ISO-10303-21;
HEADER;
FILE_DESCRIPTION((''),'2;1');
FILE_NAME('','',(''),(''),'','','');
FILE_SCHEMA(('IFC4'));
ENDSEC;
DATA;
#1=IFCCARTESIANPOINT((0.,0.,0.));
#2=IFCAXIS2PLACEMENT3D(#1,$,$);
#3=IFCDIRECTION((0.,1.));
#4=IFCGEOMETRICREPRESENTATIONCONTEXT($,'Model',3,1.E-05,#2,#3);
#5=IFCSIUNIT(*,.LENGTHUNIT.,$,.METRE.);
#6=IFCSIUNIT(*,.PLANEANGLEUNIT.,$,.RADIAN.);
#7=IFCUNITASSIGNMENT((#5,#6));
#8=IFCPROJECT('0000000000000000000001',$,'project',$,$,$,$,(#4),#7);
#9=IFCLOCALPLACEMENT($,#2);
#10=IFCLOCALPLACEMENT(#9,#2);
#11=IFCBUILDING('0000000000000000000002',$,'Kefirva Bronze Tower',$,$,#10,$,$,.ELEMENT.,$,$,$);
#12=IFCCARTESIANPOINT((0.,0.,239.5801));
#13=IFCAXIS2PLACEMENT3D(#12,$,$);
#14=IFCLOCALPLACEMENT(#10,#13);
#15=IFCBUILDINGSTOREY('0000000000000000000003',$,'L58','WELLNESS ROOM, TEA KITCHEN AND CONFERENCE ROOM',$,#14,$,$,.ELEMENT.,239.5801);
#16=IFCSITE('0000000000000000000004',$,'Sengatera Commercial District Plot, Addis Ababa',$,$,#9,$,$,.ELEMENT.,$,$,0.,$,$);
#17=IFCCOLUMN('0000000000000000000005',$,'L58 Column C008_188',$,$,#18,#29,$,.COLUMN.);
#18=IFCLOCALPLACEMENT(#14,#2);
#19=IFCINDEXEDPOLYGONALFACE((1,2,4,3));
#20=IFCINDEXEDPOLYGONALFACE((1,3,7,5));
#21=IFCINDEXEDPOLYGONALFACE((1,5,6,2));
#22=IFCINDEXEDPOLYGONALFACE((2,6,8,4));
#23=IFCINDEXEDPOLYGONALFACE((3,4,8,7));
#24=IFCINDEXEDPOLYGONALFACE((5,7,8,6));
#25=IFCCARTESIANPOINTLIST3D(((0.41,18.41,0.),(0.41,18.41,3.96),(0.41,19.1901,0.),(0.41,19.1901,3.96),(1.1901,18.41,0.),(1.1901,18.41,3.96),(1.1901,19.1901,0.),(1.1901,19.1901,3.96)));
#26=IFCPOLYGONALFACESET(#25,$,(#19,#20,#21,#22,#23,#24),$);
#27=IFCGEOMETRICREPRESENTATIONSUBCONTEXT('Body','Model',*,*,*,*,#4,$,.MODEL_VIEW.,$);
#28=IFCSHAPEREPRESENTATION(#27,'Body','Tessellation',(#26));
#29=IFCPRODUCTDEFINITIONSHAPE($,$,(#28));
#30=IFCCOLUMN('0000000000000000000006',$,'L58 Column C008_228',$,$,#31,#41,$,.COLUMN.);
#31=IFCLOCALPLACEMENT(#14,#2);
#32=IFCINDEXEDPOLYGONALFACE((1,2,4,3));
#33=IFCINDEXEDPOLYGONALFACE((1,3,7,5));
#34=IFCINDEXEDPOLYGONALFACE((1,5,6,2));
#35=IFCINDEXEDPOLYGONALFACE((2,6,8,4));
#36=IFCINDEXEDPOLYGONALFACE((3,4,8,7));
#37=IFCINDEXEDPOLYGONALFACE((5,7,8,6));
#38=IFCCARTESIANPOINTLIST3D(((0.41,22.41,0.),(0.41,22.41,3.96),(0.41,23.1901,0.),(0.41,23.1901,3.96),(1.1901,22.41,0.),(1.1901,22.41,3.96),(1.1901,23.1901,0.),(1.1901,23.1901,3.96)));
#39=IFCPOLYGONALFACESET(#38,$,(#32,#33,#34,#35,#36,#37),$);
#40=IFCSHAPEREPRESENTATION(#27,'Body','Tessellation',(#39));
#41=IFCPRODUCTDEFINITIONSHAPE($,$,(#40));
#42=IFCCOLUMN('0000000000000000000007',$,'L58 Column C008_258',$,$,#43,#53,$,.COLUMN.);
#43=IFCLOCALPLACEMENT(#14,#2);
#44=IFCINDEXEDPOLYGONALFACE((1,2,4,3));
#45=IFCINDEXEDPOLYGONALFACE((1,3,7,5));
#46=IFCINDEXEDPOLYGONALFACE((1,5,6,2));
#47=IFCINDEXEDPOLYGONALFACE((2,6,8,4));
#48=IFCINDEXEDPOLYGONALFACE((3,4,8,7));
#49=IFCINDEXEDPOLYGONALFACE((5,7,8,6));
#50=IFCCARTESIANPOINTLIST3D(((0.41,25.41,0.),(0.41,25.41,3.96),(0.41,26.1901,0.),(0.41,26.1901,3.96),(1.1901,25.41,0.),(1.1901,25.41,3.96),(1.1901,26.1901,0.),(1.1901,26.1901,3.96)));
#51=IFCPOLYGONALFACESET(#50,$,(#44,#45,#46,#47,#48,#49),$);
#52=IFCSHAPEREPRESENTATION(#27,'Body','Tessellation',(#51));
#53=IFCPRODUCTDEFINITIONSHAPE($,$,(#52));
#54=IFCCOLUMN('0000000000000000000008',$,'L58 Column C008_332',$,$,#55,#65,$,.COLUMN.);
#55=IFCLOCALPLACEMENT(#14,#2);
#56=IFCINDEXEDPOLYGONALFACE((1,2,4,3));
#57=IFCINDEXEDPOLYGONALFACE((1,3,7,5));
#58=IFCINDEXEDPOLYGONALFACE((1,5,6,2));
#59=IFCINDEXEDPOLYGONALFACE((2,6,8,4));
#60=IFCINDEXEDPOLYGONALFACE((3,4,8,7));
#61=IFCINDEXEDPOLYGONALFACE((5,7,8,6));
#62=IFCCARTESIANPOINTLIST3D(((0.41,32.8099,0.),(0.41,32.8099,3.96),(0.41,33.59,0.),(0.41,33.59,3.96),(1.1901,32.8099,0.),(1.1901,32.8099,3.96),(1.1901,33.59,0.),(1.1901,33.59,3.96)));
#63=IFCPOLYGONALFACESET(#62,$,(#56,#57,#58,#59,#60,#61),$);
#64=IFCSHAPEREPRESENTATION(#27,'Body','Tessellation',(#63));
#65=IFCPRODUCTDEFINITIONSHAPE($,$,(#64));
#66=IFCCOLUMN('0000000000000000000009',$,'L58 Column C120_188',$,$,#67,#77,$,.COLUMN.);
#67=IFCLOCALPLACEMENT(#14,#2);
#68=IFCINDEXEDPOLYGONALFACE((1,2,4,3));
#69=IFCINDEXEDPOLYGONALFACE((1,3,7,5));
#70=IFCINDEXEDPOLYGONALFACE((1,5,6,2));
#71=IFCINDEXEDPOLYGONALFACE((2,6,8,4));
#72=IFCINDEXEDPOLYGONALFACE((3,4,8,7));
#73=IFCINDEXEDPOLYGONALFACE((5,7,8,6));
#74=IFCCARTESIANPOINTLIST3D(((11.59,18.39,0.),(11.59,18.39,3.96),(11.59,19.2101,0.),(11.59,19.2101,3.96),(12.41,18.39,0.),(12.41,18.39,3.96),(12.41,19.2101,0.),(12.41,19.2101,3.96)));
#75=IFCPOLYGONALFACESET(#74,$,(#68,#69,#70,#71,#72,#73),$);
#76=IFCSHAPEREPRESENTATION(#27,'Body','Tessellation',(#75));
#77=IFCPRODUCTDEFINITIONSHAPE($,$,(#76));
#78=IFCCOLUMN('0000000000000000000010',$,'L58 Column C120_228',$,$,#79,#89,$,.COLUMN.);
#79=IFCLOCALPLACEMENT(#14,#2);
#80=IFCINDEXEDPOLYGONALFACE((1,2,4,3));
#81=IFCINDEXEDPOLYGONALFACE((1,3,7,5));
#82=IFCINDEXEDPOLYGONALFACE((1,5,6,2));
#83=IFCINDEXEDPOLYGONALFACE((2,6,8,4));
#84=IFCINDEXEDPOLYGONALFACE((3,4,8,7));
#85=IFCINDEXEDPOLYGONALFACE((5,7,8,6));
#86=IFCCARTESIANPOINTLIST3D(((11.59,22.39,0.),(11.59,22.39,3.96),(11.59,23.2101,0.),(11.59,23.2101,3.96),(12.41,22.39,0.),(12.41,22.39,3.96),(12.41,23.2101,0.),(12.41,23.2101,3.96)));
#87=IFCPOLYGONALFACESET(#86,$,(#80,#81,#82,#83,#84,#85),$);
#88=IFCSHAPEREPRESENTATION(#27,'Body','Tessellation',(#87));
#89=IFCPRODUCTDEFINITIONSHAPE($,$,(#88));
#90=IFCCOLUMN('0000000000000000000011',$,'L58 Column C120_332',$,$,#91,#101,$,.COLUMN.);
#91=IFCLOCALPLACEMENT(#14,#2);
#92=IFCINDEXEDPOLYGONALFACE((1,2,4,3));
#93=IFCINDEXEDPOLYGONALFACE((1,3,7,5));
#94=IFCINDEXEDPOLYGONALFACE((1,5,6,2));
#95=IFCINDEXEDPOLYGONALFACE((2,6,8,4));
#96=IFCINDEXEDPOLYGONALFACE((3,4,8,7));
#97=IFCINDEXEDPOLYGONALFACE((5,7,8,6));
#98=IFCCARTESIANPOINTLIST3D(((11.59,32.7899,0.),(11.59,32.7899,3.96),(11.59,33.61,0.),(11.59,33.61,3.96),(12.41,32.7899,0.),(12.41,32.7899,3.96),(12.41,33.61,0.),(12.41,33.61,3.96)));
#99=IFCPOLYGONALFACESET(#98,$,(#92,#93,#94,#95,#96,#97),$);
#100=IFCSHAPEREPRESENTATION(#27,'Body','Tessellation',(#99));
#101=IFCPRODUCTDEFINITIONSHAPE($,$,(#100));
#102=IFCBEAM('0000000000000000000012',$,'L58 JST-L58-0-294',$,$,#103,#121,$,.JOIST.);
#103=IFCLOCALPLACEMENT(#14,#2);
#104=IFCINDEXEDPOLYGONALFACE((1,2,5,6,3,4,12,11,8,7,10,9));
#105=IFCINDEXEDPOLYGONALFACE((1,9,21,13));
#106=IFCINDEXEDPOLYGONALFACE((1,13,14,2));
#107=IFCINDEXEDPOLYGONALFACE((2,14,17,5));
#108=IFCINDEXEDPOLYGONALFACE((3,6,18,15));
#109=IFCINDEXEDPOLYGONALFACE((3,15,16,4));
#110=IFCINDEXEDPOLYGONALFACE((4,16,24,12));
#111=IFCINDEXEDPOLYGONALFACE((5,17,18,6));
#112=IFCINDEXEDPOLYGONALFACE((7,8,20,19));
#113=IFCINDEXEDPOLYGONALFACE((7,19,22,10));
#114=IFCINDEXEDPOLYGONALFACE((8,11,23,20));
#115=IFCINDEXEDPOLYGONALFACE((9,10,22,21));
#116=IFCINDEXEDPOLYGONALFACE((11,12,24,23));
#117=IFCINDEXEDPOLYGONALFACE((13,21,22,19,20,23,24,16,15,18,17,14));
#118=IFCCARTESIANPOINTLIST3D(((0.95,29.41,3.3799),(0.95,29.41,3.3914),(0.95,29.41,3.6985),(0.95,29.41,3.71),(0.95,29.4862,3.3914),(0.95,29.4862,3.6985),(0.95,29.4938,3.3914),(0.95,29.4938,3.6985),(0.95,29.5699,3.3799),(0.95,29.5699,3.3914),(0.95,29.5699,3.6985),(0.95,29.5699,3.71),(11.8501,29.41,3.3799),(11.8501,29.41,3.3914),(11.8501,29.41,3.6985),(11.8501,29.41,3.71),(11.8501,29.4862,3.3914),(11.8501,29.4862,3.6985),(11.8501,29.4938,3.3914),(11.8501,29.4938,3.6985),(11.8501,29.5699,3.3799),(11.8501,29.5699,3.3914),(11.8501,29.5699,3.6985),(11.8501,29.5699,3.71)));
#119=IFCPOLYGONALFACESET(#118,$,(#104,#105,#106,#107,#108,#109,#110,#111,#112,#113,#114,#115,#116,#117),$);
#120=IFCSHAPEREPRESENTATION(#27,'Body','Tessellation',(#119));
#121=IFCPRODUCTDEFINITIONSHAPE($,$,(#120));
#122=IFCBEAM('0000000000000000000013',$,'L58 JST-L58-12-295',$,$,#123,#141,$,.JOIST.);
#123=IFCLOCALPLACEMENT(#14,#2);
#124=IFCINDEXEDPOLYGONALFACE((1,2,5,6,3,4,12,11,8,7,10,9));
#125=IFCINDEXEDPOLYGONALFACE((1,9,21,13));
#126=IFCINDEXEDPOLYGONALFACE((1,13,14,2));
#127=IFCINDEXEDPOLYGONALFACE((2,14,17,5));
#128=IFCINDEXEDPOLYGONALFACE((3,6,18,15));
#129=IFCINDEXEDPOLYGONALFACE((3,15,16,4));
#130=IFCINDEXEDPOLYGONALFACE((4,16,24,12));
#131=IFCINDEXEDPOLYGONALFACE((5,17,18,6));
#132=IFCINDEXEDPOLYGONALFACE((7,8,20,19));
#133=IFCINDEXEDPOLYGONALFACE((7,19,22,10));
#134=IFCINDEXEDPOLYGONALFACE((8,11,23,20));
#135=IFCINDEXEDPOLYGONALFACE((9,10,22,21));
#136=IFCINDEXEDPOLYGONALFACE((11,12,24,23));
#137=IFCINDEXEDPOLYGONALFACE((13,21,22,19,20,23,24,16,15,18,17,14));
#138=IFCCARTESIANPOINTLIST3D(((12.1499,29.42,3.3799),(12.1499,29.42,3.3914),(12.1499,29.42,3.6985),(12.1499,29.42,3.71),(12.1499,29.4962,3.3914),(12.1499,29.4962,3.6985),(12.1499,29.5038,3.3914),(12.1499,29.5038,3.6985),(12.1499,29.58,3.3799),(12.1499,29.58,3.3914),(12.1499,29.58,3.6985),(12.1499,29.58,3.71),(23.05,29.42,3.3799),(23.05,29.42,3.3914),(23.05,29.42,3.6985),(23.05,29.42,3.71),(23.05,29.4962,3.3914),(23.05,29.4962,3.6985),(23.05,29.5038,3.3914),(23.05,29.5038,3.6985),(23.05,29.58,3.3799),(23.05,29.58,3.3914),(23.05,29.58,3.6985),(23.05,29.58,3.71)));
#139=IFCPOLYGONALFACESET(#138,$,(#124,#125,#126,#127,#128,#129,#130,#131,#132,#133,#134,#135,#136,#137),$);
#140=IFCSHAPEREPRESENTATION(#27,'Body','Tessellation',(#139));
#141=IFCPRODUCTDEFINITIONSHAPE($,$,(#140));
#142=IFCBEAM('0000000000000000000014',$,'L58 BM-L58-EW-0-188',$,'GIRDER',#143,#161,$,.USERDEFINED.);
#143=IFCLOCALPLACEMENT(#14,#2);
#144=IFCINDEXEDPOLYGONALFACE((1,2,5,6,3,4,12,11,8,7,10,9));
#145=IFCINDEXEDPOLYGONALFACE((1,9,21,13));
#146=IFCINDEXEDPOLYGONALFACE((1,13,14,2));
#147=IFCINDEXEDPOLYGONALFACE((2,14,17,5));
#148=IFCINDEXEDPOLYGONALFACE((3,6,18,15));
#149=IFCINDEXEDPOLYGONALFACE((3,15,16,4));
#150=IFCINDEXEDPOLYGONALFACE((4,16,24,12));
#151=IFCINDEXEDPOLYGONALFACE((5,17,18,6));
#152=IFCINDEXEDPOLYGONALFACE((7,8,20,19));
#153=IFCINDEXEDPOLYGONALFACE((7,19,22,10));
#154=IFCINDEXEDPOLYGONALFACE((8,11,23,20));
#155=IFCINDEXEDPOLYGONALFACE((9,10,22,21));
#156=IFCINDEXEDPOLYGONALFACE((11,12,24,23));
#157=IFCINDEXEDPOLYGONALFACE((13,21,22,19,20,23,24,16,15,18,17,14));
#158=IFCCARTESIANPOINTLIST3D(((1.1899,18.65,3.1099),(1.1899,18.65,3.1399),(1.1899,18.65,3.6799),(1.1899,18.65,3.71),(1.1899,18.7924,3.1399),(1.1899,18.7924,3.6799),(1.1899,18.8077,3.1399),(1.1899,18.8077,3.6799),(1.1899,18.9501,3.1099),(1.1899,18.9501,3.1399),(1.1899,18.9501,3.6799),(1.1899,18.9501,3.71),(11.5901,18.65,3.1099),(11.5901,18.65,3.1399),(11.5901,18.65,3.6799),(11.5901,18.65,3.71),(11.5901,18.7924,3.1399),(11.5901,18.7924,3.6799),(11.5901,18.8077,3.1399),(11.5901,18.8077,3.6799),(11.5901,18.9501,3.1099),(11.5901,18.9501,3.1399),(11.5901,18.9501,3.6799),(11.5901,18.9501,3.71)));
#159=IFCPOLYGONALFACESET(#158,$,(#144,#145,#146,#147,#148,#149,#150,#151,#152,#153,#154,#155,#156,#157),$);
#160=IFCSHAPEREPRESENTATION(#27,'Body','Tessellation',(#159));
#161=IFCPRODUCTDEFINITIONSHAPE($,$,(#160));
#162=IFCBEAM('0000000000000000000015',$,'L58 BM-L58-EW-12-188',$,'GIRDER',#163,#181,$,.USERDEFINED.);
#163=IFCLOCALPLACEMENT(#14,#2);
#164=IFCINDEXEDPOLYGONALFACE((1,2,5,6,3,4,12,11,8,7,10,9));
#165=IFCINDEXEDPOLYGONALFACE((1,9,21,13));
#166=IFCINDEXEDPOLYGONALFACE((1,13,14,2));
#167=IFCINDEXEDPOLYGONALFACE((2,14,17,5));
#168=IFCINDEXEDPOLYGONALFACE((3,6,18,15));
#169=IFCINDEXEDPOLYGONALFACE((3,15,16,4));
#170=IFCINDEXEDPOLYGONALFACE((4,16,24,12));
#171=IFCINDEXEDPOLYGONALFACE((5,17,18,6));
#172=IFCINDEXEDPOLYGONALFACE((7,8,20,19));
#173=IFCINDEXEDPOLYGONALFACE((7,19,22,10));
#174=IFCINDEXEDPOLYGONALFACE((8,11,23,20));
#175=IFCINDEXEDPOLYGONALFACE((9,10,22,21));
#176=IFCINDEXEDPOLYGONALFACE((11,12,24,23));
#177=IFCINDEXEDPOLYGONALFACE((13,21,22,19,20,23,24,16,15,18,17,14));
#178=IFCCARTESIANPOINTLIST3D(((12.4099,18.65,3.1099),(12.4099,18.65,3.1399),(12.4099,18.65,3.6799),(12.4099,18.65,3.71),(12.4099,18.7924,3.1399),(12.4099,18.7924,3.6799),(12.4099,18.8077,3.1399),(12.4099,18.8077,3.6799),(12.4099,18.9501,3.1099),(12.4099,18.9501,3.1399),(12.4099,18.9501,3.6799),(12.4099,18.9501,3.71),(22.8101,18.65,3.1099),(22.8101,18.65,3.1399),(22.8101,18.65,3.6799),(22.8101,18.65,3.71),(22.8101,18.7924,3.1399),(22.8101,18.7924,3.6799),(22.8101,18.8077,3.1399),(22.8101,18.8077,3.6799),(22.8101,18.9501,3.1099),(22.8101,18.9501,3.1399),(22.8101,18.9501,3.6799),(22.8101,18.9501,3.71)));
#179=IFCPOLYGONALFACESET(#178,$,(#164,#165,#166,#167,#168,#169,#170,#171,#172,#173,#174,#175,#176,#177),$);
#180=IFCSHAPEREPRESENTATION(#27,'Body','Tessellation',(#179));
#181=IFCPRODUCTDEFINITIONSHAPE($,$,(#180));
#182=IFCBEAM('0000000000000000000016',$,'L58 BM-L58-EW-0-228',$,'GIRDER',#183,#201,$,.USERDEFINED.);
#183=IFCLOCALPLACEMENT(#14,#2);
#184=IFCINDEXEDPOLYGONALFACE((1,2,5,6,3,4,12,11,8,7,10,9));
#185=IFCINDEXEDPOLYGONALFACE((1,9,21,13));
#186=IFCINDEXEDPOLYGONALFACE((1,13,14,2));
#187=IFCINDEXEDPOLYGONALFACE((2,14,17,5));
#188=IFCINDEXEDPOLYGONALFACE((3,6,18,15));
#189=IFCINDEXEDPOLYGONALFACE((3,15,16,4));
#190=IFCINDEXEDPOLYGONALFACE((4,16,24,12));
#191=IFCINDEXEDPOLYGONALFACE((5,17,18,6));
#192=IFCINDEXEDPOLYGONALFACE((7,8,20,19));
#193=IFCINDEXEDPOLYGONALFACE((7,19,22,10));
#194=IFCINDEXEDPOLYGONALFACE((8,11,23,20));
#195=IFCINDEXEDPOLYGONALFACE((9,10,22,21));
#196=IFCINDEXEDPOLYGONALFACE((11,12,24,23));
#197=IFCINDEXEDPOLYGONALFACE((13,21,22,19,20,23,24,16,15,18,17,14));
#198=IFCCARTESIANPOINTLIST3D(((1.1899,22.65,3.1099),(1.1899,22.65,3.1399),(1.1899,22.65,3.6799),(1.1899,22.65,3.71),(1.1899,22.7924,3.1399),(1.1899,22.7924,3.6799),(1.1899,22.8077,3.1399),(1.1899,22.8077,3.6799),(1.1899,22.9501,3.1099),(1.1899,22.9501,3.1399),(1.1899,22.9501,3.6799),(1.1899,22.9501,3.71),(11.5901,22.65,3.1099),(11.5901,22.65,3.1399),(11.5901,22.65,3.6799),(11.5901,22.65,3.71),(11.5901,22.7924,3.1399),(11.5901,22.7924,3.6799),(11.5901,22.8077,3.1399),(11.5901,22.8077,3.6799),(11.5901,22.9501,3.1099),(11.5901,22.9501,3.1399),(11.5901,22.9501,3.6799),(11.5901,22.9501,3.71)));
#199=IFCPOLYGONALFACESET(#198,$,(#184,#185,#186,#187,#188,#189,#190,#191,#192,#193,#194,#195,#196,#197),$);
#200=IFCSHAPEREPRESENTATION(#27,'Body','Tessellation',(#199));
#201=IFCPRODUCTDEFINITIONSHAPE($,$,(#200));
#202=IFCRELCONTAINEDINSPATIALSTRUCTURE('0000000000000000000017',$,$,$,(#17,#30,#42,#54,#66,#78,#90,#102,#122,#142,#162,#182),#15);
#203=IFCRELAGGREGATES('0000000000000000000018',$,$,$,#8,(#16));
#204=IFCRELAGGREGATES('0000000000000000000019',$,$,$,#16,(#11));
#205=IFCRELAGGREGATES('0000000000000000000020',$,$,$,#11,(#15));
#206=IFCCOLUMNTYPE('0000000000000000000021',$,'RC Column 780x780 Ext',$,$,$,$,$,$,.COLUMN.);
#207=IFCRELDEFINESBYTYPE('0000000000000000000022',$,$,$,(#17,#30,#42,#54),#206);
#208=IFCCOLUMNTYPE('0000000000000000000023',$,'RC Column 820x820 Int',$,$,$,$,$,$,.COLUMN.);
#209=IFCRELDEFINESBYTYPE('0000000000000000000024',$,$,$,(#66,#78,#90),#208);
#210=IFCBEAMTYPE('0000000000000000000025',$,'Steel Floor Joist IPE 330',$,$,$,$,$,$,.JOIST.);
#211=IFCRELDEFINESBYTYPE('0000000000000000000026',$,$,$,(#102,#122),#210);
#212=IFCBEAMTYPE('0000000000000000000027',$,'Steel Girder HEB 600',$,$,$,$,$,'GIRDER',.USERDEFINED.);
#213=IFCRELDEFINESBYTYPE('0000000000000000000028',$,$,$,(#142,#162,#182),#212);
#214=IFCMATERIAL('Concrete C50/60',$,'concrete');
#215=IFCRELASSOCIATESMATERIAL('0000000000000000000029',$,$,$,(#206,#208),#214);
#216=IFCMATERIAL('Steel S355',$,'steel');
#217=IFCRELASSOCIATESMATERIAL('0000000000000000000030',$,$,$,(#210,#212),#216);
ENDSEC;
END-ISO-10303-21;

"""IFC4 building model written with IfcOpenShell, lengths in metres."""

from ifc_helpers import new_model, si_unit, direction, frame, origin, origin_2d, place, context, subcontext, project, spatial, rectangle, i_section, extrude, material, material_profile, profile_set, type_object, element, save


model = new_model("IFC4")

# Units and contexts
model_context = context("Model", 3, precision=1e-05, world=origin(), true_north=direction((0.0, 1.0)))
body_context = subcontext(model_context, "Body", "Model", "MODEL_VIEW")
ifc_project = project(units=[si_unit("LENGTHUNIT", "METRE"), si_unit("PLANEANGLEUNIT", "RADIAN")], contexts=[model_context])

# Site, building, storey
site_placement = place(None, origin())
site = spatial("IfcSite", under=ifc_project, at=site_placement, Name="Sengatera Commercial District Plot, Addis Ababa", CompositionType="ELEMENT", RefElevation=0.0)
building_placement = place(site_placement, origin())
building = spatial("IfcBuilding", under=site, at=building_placement, Name="Kefirva Bronze Tower", CompositionType="ELEMENT")
storey_placement = place(building_placement, frame((0.0, 0.0, 239.5801)))
storey = spatial("IfcBuildingStorey", under=building, at=storey_placement, Name="L58", Description="WELLNESS ROOM, TEA KITCHEN AND CONFERENCE ROOM", CompositionType="ELEMENT", Elevation=239.5801)

# Columns
ifc_material_1 = material(Name="Concrete C50/60", Category="concrete")
ifc_material_profile_1 = material_profile(ifc_material_1, rectangle(XDim=0.78, YDim=0.78, at=origin_2d()), Name="RC 780x780")
ifc_profile_set_1 = profile_set([ifc_material_profile_1], Name="Concrete C50/60")
column_type_1 = type_object("IfcColumnType", Name="RC Column 780x780 Ext", PredefinedType="COLUMN", material=ifc_profile_set_1)
for number, where, z_axis, x_axis, name in (
    (1, (0.8, 18.8, 0.0), (0.0, 0.0, 1.0), (1.0, 0.0, 0.0), "L58 Column C008_188"),
    (2, (0.8, 22.8, 0.0), (0.0, 0.0, 1.0), (1.0, 0.0, 0.0), "L58 Column C008_228"),
    (3, (0.8, 25.8, 0.0), (0.0, 0.0, 1.0), (1.0, 0.0, 0.0), "L58 Column C008_258"),
    (4, (0.8, 33.2, 0.0), (0.0, 0.0, 1.0), (1.0, 0.0, 0.0), "L58 Column C008_332"),
):
    element("IfcColumn", number, at=place(storey_placement, frame(where, z_axis=z_axis, x_axis=x_axis)), inside=storey, type_object=column_type_1, Name=name, PredefinedType="COLUMN", context=body_context, shape_type="SweptSolid", body=[
        extrude(rectangle(XDim=0.78, YDim=0.78, at=origin_2d()), origin(), (0.0, 0.0, 1.0), 3.96),
    ])
ifc_material_profile_2 = material_profile(ifc_material_1, rectangle(XDim=0.8201, YDim=0.8201, at=origin_2d()), Name="RC 820x820")
ifc_profile_set_2 = profile_set([ifc_material_profile_2], Name="Concrete C50/60")
column_type_2 = type_object("IfcColumnType", Name="RC Column 820x820 Int", PredefinedType="COLUMN", material=ifc_profile_set_2)
for number, where, z_axis, x_axis, name in (
    (5, (12.0, 18.8, 0.0), (0.0, 0.0, 1.0), (1.0, 0.0, 0.0), "L58 Column C120_188"),
    (6, (12.0, 22.8, 0.0), (0.0, 0.0, 1.0), (1.0, 0.0, 0.0), "L58 Column C120_228"),
    (7, (12.0, 33.2, 0.0), (0.0, 0.0, 1.0), (1.0, 0.0, 0.0), "L58 Column C120_332"),
):
    element("IfcColumn", number, at=place(storey_placement, frame(where, z_axis=z_axis, x_axis=x_axis)), inside=storey, type_object=column_type_2, Name=name, PredefinedType="COLUMN", context=body_context, shape_type="SweptSolid", body=[
        extrude(rectangle(XDim=0.8201, YDim=0.8201, at=origin_2d()), origin(), (0.0, 0.0, 1.0), 3.96),
    ])

# Beams
ifc_material_2 = material(Name="Steel S355", Category="steel")
ifc_material_profile_3 = material_profile(ifc_material_2, i_section(OverallWidth=0.1599, OverallDepth=0.3301, WebThickness=0.0076, FlangeThickness=0.0115, at=origin_2d()), Name="IPE 330")
ifc_profile_set_3 = profile_set([ifc_material_profile_3], Name="Steel S355")
beam_type_1 = type_object("IfcBeamType", Name="Steel Floor Joist IPE 330", PredefinedType="JOIST", material=ifc_profile_set_3)
for number, where, z_axis, x_axis, name in (
    (8, (0.95, 29.49, 3.5449), (1.0, 0.0, 0.0), (0.0, 1.0, 0.0), "L58 JST-L58-0-294"),
    (9, (12.1499, 29.5, 3.5449), (1.0, 0.0, 0.0), (0.0, 1.0, 0.0), "L58 JST-L58-12-295"),
):
    element("IfcBeam", number, at=place(storey_placement, frame(where, z_axis=z_axis, x_axis=x_axis)), inside=storey, type_object=beam_type_1, Name=name, PredefinedType="JOIST", context=body_context, shape_type="SweptSolid", body=[
        extrude(i_section(OverallWidth=0.1599, OverallDepth=0.3301, WebThickness=0.0076, FlangeThickness=0.0115, at=origin_2d()), origin(), (0.0, 0.0, 1.0), 10.9001),
    ])
ifc_material_profile_4 = material_profile(ifc_material_2, i_section(OverallWidth=0.3, OverallDepth=0.6001, WebThickness=0.0154, FlangeThickness=0.03, at=origin_2d()), Name="HEB 600")
ifc_profile_set_4 = profile_set([ifc_material_profile_4], Name="Steel S355")
beam_type_2 = type_object("IfcBeamType", Name="Steel Girder HEB 600", ElementType="GIRDER", PredefinedType="USERDEFINED", material=ifc_profile_set_4)
for number, where, z_axis, x_axis, name in (
    (10, (1.1899, 18.8, 3.4099), (1.0, 0.0, 0.0), (0.0, 1.0, 0.0), "L58 BM-L58-EW-0-188"),
    (11, (12.4099, 18.8, 3.4099), (1.0, 0.0, 0.0), (0.0, 1.0, 0.0), "L58 BM-L58-EW-12-188"),
    (12, (1.1899, 22.8, 3.4099), (1.0, 0.0, 0.0), (0.0, 1.0, 0.0), "L58 BM-L58-EW-0-228"),
):
    element("IfcBeam", number, at=place(storey_placement, frame(where, z_axis=z_axis, x_axis=x_axis)), inside=storey, type_object=beam_type_2, Name=name, ObjectType="GIRDER", PredefinedType="USERDEFINED", context=body_context, shape_type="SweptSolid", body=[
        extrude(i_section(OverallWidth=0.3, OverallDepth=0.6001, WebThickness=0.0154, FlangeThickness=0.03, at=origin_2d()), origin(), (0.0, 0.0, 1.0), 10.4001),
    ])

save(model, "model.ifc")
